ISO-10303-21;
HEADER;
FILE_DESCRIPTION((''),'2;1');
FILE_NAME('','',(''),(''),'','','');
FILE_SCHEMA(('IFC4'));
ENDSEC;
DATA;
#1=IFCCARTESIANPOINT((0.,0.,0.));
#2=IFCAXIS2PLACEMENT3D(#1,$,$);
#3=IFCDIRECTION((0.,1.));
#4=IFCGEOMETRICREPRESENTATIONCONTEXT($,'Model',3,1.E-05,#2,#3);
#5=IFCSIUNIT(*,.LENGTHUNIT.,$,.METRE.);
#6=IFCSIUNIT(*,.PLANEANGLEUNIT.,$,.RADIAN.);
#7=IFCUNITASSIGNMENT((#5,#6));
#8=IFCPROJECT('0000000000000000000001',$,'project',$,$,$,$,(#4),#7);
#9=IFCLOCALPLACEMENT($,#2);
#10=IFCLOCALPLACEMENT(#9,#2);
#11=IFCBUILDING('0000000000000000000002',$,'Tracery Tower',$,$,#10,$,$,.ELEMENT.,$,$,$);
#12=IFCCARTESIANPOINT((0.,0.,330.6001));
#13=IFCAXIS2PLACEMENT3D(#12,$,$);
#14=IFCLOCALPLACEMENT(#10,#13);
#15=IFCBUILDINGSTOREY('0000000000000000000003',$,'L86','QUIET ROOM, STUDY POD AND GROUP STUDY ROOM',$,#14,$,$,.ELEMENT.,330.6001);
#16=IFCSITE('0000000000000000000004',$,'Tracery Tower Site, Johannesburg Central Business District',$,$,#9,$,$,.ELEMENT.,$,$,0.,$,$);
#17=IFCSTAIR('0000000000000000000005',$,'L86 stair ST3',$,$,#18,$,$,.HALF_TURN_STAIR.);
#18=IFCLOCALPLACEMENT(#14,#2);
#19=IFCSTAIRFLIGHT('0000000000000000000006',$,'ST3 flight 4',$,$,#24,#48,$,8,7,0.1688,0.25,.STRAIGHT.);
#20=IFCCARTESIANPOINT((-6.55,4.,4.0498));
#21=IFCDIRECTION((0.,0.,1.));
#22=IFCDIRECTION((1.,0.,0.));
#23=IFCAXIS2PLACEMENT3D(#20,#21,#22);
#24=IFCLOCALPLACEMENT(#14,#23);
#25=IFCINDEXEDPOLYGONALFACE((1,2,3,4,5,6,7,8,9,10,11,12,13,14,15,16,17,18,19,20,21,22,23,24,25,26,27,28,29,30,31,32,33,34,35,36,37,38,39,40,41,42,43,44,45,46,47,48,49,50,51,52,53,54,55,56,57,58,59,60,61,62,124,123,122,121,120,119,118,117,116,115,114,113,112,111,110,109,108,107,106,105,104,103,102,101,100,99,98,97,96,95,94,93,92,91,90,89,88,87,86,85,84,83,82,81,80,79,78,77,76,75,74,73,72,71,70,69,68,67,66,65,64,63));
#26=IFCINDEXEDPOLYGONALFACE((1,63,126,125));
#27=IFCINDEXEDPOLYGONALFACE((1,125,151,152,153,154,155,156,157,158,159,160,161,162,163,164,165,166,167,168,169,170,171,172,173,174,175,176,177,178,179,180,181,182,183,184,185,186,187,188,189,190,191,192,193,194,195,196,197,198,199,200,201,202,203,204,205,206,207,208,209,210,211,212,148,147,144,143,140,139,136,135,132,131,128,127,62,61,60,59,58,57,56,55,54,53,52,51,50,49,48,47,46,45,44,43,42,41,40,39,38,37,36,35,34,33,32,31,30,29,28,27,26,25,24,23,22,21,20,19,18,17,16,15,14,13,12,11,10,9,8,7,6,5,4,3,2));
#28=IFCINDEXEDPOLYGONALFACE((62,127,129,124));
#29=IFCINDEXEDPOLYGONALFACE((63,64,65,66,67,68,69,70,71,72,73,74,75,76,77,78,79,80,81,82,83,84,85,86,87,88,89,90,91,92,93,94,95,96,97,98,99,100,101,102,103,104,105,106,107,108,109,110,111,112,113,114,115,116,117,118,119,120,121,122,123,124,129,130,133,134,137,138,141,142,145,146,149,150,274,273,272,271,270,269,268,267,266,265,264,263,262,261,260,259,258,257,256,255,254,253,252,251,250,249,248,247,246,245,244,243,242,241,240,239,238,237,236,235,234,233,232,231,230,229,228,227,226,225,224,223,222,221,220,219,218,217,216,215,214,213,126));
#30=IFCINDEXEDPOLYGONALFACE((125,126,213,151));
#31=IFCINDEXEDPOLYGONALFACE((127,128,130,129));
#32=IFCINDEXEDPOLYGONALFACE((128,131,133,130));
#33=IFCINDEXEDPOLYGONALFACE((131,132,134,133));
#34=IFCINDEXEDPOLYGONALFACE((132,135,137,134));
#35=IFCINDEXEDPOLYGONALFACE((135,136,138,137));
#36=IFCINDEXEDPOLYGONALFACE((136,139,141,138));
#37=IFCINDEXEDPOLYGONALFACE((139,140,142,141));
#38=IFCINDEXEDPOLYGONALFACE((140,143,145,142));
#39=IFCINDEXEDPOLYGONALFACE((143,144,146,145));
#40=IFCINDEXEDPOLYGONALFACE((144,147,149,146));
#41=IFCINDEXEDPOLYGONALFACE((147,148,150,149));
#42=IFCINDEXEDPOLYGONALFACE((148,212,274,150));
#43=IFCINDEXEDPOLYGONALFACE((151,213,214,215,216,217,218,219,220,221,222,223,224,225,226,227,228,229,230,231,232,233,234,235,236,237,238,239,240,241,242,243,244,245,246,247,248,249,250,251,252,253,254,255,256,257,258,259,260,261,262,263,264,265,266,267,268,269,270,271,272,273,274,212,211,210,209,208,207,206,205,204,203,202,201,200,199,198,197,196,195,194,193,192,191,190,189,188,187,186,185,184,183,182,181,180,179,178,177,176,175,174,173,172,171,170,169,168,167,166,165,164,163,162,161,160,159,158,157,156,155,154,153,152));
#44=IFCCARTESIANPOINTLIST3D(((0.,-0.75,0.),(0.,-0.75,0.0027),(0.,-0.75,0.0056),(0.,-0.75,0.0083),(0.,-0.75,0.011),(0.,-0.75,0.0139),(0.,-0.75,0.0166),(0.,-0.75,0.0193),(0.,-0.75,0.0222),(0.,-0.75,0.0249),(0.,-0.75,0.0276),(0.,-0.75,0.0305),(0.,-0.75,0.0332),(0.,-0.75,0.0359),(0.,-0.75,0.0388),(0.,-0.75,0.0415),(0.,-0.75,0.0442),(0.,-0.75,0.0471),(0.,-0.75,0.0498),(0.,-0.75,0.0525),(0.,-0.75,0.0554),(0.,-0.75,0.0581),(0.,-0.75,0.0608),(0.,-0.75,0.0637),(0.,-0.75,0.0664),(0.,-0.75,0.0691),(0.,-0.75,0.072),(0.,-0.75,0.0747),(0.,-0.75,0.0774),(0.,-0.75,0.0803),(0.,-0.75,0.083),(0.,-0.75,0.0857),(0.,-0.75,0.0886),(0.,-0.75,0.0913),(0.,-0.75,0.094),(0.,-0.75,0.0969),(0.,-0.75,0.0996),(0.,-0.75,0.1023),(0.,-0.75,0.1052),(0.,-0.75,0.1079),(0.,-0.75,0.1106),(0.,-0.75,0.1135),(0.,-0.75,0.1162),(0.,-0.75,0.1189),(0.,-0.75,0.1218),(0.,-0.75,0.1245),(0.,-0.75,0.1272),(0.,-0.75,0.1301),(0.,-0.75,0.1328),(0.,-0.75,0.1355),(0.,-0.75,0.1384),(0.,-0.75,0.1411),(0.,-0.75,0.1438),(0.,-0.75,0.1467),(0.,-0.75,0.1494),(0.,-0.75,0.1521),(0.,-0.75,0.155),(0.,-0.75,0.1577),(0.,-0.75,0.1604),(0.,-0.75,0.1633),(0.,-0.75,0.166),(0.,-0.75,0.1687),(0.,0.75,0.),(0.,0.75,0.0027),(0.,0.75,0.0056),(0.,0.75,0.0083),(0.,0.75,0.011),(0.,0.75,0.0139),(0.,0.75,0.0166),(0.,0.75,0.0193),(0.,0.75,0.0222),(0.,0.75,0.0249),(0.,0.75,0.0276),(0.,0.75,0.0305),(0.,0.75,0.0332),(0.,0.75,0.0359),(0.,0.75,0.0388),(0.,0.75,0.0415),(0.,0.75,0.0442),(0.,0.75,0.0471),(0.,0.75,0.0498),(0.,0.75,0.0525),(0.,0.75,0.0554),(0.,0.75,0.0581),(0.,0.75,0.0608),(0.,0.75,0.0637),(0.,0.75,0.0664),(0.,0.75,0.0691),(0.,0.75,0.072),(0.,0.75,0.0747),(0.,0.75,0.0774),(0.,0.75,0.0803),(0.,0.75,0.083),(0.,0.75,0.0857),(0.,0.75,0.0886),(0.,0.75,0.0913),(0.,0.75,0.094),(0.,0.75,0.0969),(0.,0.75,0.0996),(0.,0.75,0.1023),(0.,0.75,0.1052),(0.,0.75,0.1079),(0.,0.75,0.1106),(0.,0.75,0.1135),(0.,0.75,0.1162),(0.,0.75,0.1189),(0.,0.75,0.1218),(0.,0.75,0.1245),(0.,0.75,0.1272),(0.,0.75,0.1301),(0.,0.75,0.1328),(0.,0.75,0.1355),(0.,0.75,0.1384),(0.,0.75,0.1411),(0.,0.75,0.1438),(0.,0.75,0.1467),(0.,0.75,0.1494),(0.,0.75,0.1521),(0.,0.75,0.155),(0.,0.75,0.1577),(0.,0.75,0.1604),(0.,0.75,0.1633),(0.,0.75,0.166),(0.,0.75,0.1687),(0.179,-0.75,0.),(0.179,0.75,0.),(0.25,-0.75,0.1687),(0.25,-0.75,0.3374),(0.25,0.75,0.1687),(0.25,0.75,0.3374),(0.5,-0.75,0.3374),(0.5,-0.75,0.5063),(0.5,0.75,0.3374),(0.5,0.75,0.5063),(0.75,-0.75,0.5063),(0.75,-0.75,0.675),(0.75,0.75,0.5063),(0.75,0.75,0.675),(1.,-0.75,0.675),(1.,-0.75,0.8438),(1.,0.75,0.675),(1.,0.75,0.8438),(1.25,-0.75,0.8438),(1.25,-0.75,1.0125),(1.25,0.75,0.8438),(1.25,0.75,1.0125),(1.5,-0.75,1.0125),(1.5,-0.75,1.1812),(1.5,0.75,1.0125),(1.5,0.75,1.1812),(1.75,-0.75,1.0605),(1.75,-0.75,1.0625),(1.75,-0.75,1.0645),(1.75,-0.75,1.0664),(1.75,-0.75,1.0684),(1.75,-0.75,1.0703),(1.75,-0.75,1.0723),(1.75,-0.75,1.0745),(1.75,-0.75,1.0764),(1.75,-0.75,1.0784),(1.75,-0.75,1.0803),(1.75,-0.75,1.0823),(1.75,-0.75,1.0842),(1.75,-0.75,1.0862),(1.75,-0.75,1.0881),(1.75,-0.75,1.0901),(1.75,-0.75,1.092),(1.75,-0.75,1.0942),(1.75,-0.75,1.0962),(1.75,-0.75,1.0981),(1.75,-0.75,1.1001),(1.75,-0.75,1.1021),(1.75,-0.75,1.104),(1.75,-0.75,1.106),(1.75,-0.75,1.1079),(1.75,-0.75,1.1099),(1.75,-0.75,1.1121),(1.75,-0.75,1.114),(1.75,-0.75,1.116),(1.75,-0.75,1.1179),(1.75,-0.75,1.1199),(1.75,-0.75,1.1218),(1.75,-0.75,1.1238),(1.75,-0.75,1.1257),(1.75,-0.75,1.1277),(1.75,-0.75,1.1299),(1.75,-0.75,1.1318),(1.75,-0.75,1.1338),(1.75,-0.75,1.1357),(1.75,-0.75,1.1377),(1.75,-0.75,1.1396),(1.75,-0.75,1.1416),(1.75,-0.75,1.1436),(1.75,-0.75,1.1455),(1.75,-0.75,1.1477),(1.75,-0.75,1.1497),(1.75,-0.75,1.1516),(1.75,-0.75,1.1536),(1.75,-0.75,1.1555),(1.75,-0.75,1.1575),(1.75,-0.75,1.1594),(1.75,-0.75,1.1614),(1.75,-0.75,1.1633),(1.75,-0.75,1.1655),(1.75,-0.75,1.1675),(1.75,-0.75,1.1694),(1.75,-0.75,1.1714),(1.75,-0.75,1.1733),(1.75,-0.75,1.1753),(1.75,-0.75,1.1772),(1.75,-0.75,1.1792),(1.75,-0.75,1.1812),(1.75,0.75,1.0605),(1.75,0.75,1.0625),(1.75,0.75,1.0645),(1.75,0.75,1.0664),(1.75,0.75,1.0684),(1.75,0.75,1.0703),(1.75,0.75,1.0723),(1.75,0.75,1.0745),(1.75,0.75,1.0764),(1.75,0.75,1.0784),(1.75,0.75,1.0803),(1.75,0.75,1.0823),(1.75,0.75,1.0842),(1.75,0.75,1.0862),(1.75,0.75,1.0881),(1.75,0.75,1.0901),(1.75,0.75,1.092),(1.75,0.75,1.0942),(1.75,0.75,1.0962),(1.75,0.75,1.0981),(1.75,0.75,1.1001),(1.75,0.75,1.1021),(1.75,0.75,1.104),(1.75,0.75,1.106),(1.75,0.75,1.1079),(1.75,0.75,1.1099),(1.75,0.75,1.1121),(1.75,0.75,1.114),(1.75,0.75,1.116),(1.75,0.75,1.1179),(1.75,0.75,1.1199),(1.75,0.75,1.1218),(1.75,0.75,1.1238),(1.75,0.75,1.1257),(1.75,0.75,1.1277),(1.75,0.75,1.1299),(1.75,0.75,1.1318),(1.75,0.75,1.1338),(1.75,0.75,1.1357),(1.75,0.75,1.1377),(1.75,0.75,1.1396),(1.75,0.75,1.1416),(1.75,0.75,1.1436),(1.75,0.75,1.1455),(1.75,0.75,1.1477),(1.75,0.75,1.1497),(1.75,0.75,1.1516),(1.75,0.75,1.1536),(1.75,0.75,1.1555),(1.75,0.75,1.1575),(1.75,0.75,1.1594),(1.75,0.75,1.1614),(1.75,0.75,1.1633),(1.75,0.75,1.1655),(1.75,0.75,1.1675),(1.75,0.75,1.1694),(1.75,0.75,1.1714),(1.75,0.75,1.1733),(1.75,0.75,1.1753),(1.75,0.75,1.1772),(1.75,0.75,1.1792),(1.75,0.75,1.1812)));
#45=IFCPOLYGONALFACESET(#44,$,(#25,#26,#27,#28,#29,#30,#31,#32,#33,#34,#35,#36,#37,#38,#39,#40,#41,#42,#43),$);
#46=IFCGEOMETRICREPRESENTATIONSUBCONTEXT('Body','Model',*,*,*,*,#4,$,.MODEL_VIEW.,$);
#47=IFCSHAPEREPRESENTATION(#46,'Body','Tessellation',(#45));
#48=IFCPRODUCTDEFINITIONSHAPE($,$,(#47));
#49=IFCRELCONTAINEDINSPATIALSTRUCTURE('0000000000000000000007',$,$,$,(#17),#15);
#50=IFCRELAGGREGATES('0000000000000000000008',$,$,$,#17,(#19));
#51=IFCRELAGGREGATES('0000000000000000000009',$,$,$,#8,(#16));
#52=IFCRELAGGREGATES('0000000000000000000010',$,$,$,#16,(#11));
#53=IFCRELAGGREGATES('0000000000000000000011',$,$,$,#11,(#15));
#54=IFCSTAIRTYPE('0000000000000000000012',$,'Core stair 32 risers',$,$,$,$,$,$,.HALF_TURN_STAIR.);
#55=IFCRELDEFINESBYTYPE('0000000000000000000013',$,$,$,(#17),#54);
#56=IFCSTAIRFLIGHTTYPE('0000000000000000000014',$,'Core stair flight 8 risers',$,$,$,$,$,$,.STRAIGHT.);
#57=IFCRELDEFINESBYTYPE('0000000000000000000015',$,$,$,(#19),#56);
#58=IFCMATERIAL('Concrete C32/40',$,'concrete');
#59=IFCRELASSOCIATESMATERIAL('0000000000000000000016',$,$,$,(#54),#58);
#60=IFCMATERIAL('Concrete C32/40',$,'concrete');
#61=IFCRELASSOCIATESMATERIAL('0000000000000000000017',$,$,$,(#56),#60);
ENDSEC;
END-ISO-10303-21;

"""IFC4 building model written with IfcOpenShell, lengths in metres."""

from ifc_helpers import new_model, si_unit, direction, frame, origin, place, context, subcontext, project, spatial, polyline, outline, extrude, material, type_object, element, aggregate, save


model = new_model("IFC4")

# Units and contexts
model_context = context("Model", 3, precision=1e-05, world=origin(), true_north=direction((0.0, 1.0)))
body_context = subcontext(model_context, "Body", "Model", "MODEL_VIEW")
ifc_project = project(units=[si_unit("LENGTHUNIT", "METRE"), si_unit("PLANEANGLEUNIT", "RADIAN")], contexts=[model_context])

# Site, building, storey
site_placement = place(None, origin())
site = spatial("IfcSite", under=ifc_project, at=site_placement, Name="Tracery Tower Site, Johannesburg Central Business District", CompositionType="ELEMENT", RefElevation=0.0)
building_placement = place(site_placement, origin())
building = spatial("IfcBuilding", under=site, at=building_placement, Name="Tracery Tower", CompositionType="ELEMENT")
storey_placement = place(building_placement, frame((0.0, 0.0, 330.6001)))
storey = spatial("IfcBuildingStorey", under=building, at=storey_placement, Name="L86", Description="QUIET ROOM, STUDY POD AND GROUP STUDY ROOM", CompositionType="ELEMENT", Elevation=330.6001)

# Shared definitions
ifc_material_1 = material(Name="Concrete C32/40", Category="concrete")
stair_type = type_object("IfcStairType", Name="Core stair 32 risers", PredefinedType="HALF_TURN_STAIR", material=ifc_material_1)

# Stair, stair flight
stair_1_placement = place(storey_placement, origin())
stair_1 = element("IfcStair", 1, at=stair_1_placement, inside=storey, type_object=stair_type, Name="L86 stair ST3", PredefinedType="HALF_TURN_STAIR")
ifc_material_2 = material(Name="Concrete C32/40", Category="concrete")
stair_flight_type = type_object("IfcStairFlightType", Name="Core stair flight 8 risers", PredefinedType="STRAIGHT", material=ifc_material_2)
stair_flight_1_placement = place(storey_placement, frame((-6.55, 4.0, 4.0498), z_axis=(0.0, 0.0, 1.0), x_axis=(1.0, 0.0, 0.0)))
stair_flight_1 = element("IfcStairFlight", 2, at=stair_flight_1_placement, type_object=stair_flight_type, Name="ST3 flight 4", NumberOfRisers=8, NumberOfTreads=7, PredefinedType="STRAIGHT", RiserHeight=0.1688, TreadLength=0.25, context=body_context, shape_type="SweptSolid", body=[
    extrude(outline(polyline([(0.0, 0.0), (0.0, 0.0027), (0.0, 0.0056), (0.0, 0.0083), (0.0, 0.011), (0.0, 0.0139), (0.0, 0.0166), (0.0, 0.0193), (0.0, 0.0222), (0.0, 0.0249), (0.0, 0.0276), (0.0, 0.0305), (0.0, 0.0332), (0.0, 0.0359), (0.0, 0.0388), (0.0, 0.0415), (0.0, 0.0442), (0.0, 0.0471), (0.0, 0.0498), (0.0, 0.0525), (0.0, 0.0554), (0.0, 0.0581), (0.0, 0.0608), (0.0, 0.0637), (0.0, 0.0664), (0.0, 0.0691), (0.0, 0.072), (0.0, 0.0747), (0.0, 0.0774), (0.0, 0.0803), (0.0, 0.083), (0.0, 0.0857), (0.0, 0.0886), (0.0, 0.0913), (0.0, 0.094), (0.0, 0.0969), (0.0, 0.0996), (0.0, 0.1023), (0.0, 0.1052), (0.0, 0.1079), (0.0, 0.1106), (0.0, 0.1135), (0.0, 0.1162), (0.0, 0.1189), (0.0, 0.1218), (0.0, 0.1245), (0.0, 0.1272), (0.0, 0.1301), (0.0, 0.1328), (0.0, 0.1355), (0.0, 0.1384), (0.0, 0.1411), (0.0, 0.1438), (0.0, 0.1467), (0.0, 0.1494), (0.0, 0.1521), (0.0, 0.155), (0.0, 0.1577), (0.0, 0.1604), (0.0, 0.1633), (0.0, 0.166), (0.0, 0.1687), (0.25, 0.1687), (0.25, 0.3374), (0.5, 0.3374), (0.5, 0.5063), (0.75, 0.5063), (0.75, 0.675), (1.0, 0.675), (1.0, 0.8438), (1.25, 0.8438), (1.25, 1.0125), (1.5, 1.0125), (1.5, 1.1812), (1.75, 1.1812), (1.75, 1.1792), (1.75, 1.1772), (1.75, 1.1753), (1.75, 1.1733), (1.75, 1.1714), (1.75, 1.1694), (1.75, 1.1675), (1.75, 1.1655), (1.75, 1.1633), (1.75, 1.1614), (1.75, 1.1594), (1.75, 1.1575), (1.75, 1.1555), (1.75, 1.1536), (1.75, 1.1516), (1.75, 1.1497), (1.75, 1.1477), (1.75, 1.1455), (1.75, 1.1436), (1.75, 1.1416), (1.75, 1.1396), (1.75, 1.1377), (1.75, 1.1357), (1.75, 1.1338), (1.75, 1.1318), (1.75, 1.1299), (1.75, 1.1277), (1.75, 1.1257), (1.75, 1.1238), (1.75, 1.1218), (1.75, 1.1199), (1.75, 1.1179), (1.75, 1.116), (1.75, 1.114), (1.75, 1.1121), (1.75, 1.1099), (1.75, 1.1079), (1.75, 1.106), (1.75, 1.104), (1.75, 1.1021), (1.75, 1.1001), (1.75, 1.0981), (1.75, 1.0962), (1.75, 1.0942), (1.75, 1.092), (1.75, 1.0901), (1.75, 1.0881), (1.75, 1.0862), (1.75, 1.0842), (1.75, 1.0823), (1.75, 1.0803), (1.75, 1.0784), (1.75, 1.0764), (1.75, 1.0745), (1.75, 1.0723), (1.75, 1.0703), (1.75, 1.0684), (1.75, 1.0664), (1.75, 1.0645), (1.75, 1.0625), (1.75, 1.0605), (0.179, 0.0), (0.0, 0.0)])), frame((0.0, 0.75, 0.0), z_axis=(0.0, -1.0, 0.0), x_axis=(1.0, 0.0, 0.0)), (0.0, 0.0, 1.0), 1.5),
])
aggregate(stair_1, [stair_flight_1])

save(model, "model.ifc")
